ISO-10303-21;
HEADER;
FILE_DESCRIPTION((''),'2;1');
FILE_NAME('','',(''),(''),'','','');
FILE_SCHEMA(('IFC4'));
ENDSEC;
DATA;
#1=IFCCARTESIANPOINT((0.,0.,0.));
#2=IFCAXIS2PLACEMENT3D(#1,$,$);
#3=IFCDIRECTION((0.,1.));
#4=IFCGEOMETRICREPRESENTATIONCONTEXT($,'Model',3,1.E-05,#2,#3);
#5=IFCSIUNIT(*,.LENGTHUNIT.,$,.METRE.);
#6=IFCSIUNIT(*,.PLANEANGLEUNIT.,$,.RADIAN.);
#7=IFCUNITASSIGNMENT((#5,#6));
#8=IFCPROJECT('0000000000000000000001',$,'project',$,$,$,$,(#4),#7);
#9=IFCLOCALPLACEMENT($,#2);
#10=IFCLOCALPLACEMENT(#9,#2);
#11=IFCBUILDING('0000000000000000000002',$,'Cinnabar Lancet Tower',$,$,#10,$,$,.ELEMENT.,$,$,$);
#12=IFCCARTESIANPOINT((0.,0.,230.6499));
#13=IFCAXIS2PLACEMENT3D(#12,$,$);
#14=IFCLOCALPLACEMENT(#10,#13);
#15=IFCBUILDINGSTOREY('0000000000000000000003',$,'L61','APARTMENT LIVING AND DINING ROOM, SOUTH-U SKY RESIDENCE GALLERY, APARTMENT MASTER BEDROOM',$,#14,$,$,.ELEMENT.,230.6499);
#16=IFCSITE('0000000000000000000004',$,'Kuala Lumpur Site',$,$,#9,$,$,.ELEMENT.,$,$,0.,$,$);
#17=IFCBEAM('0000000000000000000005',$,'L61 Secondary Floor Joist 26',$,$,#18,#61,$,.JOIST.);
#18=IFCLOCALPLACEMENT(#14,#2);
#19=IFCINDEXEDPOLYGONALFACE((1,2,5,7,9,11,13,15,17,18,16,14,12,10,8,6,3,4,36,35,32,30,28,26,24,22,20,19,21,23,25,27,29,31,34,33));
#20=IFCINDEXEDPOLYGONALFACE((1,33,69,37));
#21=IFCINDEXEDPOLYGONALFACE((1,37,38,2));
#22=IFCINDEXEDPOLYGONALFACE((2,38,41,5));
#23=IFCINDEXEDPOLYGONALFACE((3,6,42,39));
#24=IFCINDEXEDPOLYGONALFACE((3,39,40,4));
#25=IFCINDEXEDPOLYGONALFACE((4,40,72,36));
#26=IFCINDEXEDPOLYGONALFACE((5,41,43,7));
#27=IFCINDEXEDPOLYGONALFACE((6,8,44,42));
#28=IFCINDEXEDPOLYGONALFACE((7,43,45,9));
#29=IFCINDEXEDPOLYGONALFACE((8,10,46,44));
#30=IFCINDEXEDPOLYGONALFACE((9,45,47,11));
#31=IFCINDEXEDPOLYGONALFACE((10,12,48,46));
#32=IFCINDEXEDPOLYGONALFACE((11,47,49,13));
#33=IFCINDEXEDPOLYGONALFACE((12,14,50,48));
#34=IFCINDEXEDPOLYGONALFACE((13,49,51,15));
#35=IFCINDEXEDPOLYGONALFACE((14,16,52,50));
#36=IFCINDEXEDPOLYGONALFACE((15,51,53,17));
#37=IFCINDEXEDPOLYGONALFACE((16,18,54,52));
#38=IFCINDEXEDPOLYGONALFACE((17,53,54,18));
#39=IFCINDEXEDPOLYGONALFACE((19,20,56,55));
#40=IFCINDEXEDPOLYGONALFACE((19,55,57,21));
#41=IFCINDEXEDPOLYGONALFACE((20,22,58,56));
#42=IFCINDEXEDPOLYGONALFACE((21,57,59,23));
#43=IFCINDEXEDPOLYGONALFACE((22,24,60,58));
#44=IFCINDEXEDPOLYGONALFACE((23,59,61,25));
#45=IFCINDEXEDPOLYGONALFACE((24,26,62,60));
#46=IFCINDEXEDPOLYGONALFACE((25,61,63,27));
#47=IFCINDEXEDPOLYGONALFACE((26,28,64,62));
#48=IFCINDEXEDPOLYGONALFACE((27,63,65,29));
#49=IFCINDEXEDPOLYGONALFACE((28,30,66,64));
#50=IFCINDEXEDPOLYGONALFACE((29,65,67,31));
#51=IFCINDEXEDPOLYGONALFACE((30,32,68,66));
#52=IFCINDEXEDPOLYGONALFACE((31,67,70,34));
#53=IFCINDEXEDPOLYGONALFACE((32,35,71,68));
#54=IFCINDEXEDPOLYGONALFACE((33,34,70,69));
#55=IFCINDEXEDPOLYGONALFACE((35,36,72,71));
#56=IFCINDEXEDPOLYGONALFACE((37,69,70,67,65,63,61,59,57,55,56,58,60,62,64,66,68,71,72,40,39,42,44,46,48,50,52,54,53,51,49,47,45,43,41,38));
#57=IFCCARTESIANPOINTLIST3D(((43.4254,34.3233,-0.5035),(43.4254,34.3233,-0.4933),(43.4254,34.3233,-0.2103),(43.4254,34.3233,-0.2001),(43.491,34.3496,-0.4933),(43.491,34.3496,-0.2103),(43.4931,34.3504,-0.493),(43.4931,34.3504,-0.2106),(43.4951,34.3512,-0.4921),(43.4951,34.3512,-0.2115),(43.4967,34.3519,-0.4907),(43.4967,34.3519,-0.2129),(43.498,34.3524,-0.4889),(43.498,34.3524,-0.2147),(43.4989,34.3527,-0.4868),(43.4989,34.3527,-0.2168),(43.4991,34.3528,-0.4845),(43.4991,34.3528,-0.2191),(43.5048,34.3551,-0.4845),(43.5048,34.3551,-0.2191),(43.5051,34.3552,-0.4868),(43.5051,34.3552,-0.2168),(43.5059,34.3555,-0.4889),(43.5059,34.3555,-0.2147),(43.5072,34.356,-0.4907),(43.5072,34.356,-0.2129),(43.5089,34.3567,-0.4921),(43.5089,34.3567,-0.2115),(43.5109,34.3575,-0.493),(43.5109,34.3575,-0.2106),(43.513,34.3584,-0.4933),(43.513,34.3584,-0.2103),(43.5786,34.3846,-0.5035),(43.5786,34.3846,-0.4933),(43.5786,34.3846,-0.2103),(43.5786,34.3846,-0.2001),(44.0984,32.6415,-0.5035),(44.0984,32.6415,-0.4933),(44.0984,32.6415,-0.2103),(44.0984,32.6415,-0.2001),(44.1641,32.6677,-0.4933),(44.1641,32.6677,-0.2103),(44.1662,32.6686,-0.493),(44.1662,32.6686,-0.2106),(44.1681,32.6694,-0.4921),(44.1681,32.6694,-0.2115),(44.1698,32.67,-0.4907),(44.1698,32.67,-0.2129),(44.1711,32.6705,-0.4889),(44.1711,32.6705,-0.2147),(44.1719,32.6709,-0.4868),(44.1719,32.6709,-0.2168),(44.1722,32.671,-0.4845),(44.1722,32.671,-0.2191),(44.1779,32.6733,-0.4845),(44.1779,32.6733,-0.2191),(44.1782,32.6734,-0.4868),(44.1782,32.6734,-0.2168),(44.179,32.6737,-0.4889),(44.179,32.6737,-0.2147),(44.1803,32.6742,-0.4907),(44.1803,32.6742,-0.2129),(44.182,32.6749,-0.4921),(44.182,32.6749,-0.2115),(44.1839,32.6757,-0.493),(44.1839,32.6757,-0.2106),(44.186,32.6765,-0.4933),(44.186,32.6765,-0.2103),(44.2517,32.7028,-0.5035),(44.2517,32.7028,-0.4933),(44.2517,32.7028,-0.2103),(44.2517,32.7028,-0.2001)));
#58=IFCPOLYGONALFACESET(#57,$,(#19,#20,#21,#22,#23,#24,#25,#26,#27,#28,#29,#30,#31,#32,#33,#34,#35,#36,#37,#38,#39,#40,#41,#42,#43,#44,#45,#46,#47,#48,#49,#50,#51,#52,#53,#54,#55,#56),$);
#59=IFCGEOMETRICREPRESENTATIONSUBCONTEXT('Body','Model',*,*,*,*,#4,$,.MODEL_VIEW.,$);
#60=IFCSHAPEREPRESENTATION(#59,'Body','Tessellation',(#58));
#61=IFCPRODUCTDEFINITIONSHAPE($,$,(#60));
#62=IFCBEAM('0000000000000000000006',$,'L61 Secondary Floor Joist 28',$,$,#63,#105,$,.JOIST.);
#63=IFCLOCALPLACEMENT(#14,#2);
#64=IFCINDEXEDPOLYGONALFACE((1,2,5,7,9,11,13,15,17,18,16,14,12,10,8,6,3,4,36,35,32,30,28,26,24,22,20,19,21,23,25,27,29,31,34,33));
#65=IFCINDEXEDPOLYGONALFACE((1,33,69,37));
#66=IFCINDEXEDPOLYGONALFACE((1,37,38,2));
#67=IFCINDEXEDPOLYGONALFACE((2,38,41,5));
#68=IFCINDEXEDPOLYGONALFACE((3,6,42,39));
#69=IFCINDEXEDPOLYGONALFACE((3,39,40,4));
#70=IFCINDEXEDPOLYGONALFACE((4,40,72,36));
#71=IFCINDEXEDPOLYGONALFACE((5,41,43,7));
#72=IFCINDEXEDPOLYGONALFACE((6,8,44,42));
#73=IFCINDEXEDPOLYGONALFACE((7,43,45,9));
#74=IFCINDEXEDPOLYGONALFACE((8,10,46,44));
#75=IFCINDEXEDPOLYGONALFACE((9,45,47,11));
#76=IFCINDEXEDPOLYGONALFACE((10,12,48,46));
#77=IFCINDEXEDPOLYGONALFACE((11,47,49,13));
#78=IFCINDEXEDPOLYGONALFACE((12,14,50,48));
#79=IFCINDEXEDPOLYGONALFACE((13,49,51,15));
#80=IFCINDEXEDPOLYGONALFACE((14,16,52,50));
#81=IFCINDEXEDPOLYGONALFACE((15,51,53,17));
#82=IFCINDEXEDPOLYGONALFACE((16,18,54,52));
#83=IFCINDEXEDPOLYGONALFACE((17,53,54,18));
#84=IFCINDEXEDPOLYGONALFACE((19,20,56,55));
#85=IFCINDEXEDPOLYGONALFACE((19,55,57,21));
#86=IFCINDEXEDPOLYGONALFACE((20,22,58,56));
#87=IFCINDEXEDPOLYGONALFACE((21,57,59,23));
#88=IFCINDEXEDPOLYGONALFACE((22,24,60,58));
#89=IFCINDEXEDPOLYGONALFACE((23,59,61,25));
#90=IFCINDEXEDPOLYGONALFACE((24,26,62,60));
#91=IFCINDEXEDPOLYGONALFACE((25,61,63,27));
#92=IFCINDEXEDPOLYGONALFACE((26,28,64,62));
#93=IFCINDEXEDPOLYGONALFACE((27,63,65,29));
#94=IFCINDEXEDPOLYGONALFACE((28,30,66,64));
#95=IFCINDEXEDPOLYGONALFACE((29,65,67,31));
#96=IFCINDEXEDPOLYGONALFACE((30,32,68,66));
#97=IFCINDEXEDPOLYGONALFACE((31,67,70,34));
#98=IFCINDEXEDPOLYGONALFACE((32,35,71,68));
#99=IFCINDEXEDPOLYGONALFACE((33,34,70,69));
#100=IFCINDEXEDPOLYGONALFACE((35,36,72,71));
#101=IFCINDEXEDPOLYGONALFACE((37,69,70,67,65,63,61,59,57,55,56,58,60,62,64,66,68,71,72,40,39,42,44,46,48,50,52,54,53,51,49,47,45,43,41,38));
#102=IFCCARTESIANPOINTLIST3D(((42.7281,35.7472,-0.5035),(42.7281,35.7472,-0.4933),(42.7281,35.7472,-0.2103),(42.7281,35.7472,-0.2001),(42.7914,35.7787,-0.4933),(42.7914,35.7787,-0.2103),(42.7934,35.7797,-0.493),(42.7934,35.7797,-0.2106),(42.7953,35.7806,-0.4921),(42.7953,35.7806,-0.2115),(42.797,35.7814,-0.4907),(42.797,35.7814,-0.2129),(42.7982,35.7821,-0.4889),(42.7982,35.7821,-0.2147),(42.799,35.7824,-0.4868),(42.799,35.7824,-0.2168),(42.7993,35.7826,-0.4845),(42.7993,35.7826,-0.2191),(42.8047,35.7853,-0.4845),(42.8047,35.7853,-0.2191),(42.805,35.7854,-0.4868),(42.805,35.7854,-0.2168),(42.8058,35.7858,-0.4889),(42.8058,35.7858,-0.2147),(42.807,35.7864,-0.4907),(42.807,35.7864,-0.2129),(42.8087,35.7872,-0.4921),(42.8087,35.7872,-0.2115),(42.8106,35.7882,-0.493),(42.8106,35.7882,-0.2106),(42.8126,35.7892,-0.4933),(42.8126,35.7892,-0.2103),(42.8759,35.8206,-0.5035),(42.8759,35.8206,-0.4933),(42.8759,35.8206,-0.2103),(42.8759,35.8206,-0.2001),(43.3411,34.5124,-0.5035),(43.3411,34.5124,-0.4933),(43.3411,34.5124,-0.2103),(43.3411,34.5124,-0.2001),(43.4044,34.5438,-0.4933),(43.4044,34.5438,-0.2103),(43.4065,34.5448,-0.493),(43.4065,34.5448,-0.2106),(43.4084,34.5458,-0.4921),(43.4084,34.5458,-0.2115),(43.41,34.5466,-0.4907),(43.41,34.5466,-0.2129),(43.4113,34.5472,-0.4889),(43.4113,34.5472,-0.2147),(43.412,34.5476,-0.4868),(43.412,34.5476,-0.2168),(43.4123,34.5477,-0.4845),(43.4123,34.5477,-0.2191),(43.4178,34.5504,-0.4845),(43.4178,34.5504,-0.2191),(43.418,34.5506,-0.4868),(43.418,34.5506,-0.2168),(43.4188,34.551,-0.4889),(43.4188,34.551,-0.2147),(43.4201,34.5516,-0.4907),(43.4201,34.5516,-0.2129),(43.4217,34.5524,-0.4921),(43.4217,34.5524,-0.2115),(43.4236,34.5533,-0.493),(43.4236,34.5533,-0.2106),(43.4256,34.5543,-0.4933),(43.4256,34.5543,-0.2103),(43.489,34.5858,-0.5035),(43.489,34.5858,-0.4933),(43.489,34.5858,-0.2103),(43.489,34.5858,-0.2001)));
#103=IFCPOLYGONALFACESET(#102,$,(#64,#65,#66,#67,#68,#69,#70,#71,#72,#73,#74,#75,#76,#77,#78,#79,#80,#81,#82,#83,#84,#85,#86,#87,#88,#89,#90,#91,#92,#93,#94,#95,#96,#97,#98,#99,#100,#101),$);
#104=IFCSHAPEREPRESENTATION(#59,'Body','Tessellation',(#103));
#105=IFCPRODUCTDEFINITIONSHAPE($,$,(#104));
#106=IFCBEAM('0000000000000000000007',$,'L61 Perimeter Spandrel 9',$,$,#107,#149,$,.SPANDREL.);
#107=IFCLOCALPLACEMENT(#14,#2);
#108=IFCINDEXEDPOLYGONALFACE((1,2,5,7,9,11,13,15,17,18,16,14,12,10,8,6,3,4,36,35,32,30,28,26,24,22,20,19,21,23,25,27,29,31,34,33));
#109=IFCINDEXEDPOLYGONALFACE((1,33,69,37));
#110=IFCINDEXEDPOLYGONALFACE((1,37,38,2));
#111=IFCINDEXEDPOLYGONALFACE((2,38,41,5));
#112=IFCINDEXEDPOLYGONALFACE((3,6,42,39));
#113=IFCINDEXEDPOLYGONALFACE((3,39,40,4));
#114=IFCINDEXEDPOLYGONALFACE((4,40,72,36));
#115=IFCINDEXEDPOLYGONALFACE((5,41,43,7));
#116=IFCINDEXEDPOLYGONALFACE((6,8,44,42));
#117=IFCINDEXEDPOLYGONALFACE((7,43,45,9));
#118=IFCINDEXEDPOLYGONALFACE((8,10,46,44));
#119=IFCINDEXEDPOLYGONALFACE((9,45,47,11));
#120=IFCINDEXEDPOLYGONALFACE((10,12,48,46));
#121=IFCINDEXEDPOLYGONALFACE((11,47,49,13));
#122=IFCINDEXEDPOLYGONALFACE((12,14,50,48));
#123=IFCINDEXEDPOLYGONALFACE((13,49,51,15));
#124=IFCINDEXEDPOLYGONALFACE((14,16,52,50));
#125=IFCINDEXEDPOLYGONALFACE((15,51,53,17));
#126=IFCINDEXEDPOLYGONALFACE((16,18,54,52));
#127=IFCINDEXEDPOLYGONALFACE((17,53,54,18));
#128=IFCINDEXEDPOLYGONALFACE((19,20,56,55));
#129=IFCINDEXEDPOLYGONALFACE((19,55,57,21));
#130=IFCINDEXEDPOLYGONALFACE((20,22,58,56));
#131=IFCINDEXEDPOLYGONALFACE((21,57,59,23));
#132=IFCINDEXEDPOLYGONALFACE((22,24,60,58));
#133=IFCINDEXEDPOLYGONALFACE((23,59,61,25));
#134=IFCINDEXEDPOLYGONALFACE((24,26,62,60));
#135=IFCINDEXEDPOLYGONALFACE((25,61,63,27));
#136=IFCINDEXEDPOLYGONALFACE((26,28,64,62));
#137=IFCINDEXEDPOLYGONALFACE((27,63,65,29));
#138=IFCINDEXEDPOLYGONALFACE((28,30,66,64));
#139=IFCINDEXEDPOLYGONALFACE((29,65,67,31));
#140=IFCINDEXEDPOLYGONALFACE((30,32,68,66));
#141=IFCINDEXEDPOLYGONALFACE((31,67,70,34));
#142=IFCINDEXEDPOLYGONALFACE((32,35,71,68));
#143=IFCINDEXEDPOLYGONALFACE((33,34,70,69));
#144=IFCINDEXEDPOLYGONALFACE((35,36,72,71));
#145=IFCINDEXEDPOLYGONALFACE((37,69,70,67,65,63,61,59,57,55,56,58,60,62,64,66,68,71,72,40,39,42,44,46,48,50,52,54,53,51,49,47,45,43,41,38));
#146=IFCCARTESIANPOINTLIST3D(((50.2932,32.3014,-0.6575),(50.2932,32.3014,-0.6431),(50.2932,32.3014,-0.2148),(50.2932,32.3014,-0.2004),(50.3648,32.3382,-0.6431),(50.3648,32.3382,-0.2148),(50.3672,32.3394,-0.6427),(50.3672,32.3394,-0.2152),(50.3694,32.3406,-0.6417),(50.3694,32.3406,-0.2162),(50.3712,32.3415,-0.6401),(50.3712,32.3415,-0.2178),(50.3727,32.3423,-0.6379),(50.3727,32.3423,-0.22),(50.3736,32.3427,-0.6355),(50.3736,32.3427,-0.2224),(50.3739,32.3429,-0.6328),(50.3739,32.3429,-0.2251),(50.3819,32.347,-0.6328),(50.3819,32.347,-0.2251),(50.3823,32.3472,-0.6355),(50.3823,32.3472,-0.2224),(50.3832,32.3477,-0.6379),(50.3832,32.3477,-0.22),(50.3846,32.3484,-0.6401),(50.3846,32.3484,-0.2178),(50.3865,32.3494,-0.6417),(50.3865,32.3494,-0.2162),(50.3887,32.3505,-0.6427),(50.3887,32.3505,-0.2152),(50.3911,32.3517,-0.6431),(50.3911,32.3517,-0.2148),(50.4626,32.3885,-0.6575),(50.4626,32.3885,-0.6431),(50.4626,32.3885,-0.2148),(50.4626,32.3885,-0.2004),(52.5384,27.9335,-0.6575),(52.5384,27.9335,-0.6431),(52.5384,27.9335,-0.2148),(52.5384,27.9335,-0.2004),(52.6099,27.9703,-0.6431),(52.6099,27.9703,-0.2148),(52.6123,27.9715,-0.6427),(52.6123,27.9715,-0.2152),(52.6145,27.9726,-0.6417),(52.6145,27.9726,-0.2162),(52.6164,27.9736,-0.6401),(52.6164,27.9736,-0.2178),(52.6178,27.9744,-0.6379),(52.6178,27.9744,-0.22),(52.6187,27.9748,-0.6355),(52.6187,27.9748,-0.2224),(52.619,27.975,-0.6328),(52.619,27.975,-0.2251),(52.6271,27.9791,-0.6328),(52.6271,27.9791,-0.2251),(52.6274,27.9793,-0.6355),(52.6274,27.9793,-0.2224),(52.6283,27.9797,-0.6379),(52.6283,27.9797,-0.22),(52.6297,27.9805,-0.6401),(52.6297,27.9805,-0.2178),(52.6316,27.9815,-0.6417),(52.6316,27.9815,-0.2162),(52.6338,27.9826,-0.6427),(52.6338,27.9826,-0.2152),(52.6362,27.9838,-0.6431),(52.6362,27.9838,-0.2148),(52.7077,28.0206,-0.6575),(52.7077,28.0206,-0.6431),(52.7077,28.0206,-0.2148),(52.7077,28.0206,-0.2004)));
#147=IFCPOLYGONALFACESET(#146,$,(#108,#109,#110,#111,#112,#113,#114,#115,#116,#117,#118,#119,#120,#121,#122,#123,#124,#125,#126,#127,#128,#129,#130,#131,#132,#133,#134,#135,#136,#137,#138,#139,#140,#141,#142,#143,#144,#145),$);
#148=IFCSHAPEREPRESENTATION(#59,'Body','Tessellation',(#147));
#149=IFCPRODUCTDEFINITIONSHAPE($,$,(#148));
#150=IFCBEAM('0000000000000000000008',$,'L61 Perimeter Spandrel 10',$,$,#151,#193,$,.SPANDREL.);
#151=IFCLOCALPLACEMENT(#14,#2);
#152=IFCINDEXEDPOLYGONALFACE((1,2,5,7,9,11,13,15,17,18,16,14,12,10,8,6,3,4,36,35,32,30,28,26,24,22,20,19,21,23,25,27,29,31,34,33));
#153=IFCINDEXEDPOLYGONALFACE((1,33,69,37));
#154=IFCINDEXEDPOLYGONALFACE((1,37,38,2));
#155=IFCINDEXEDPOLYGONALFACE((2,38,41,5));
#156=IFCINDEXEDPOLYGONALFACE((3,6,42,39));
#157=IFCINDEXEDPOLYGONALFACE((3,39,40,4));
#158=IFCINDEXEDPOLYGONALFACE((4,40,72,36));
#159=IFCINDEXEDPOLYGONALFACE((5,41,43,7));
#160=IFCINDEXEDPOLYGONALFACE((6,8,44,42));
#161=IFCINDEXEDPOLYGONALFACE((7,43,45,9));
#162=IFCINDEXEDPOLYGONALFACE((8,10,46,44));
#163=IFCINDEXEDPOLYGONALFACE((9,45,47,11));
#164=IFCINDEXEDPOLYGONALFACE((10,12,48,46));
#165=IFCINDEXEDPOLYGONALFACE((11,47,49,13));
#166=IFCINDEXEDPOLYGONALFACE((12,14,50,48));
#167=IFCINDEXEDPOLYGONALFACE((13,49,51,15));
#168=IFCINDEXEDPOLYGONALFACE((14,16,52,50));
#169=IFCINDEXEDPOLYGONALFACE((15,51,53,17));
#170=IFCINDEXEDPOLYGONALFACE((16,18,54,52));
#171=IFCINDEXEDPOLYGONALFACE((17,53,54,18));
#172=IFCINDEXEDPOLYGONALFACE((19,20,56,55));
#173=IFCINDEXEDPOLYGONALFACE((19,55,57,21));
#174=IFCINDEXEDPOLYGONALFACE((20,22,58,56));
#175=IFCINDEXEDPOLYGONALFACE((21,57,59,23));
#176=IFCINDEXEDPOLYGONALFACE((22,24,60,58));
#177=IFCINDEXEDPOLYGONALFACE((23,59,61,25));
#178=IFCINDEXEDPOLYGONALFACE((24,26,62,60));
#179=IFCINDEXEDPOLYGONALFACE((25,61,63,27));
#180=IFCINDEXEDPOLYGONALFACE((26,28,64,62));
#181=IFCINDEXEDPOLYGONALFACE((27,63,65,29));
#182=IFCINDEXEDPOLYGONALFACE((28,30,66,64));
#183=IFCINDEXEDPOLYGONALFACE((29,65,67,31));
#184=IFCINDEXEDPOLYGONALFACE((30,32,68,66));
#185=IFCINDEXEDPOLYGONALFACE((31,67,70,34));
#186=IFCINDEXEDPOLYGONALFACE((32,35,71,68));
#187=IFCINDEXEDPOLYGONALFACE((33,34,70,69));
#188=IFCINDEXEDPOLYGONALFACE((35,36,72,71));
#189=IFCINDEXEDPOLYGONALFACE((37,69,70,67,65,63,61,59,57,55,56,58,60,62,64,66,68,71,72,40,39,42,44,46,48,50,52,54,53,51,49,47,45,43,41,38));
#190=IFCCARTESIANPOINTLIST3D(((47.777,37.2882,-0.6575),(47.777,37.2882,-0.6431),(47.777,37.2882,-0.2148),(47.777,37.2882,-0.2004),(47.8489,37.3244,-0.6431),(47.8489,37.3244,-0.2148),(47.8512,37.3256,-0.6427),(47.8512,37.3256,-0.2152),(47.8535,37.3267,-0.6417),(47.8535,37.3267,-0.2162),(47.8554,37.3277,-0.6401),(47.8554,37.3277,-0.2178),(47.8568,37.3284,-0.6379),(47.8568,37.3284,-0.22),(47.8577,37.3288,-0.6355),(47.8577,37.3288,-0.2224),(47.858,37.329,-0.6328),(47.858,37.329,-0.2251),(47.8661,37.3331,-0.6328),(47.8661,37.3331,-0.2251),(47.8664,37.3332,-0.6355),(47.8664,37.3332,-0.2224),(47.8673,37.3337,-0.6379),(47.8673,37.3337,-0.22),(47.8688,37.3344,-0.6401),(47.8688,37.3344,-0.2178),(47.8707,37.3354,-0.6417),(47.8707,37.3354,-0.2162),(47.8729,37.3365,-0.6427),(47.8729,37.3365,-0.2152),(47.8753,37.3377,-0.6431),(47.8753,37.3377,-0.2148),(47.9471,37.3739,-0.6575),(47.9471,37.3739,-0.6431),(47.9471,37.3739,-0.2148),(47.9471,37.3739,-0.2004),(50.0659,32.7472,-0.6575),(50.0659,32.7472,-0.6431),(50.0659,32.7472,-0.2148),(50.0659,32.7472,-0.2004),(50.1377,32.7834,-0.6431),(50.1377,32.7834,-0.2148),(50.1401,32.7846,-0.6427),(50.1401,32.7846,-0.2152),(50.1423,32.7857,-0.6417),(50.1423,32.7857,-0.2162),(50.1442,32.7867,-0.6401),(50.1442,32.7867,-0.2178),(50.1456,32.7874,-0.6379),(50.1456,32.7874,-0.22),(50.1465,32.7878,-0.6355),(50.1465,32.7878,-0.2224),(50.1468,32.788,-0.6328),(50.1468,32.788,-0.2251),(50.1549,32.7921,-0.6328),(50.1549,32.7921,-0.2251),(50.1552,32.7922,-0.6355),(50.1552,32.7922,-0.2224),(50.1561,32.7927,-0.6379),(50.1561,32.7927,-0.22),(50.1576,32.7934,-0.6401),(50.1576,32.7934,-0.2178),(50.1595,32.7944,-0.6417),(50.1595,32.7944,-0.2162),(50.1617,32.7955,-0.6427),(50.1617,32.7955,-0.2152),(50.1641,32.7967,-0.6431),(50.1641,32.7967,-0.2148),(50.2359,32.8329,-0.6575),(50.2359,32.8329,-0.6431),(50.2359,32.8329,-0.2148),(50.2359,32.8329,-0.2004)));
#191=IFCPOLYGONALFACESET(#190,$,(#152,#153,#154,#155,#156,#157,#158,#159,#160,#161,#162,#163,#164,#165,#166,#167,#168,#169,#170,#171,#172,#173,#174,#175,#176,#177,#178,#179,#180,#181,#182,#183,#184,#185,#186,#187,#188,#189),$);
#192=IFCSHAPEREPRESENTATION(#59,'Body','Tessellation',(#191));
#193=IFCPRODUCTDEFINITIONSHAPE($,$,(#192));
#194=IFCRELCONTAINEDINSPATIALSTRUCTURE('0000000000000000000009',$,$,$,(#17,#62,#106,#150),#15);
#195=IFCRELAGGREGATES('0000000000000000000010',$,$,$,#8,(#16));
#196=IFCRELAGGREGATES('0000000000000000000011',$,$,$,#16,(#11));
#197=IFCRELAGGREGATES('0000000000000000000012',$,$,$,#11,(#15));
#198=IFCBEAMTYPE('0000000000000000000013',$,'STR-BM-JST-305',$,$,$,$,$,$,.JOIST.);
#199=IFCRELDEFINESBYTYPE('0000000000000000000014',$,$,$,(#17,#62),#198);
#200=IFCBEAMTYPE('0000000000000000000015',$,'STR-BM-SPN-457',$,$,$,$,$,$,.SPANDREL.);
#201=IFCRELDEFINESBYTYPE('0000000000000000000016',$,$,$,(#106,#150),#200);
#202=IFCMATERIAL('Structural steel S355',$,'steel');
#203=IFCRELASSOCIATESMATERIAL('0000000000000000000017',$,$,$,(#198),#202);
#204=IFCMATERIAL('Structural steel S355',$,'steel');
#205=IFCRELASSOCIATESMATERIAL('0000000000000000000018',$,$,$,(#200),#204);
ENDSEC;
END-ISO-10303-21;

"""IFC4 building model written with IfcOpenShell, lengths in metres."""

from ifc_helpers import new_model, si_unit, direction, frame, origin, origin_2d, place, context, subcontext, project, spatial, i_section, extrude, material, material_profile, profile_set, type_object, element, save


model = new_model("IFC4")

# Units and contexts
model_context = context("Model", 3, precision=1e-05, world=origin(), true_north=direction((0.0, 1.0)))
body_context = subcontext(model_context, "Body", "Model", "MODEL_VIEW")
ifc_project = project(units=[si_unit("LENGTHUNIT", "METRE"), si_unit("PLANEANGLEUNIT", "RADIAN")], contexts=[model_context])

# Site, building, storey
site_placement = place(None, origin())
site = spatial("IfcSite", under=ifc_project, at=site_placement, Name="Kuala Lumpur Site", CompositionType="ELEMENT", RefElevation=0.0)
building_placement = place(site_placement, origin())
building = spatial("IfcBuilding", under=site, at=building_placement, Name="Cinnabar Lancet Tower", CompositionType="ELEMENT")
storey_placement = place(building_placement, frame((0.0, 0.0, 230.6499)))
storey = spatial("IfcBuildingStorey", under=building, at=storey_placement, Name="L61", Description="APARTMENT LIVING AND DINING ROOM, SOUTH-U SKY RESIDENCE GALLERY, APARTMENT MASTER BEDROOM", CompositionType="ELEMENT", Elevation=230.6499)

# Beams
ifc_material_1 = material(Name="Structural steel S355", Category="steel")
ifc_material_profile_1 = material_profile(ifc_material_1, i_section(OverallWidth=0.165, OverallDepth=0.3035, WebThickness=0.0061, FlangeThickness=0.0103, FilletRadius=0.0088, at=origin_2d()), Name="UKB 305x165x40")
ifc_profile_set_1 = profile_set([ifc_material_profile_1], Name="Structural steel S355")
beam_type_1 = type_object("IfcBeamType", Name="STR-BM-JST-305", PredefinedType="JOIST", material=ifc_profile_set_1)
beam_1_placement = place(storey_placement, frame((44.175, 32.6721, -0.3518), z_axis=(-0.371553, 0.928412, 0.0), x_axis=(-0.928412, -0.371553, 0.0)))
element("IfcBeam", 1, at=beam_1_placement, inside=storey, type_object=beam_type_1, Name="L61 Secondary Floor Joist 26", PredefinedType="JOIST", context=body_context, shape_type="SweptSolid", body=[
    extrude(i_section(OverallWidth=0.165, OverallDepth=0.3035, WebThickness=0.0061, FlangeThickness=0.0103, FilletRadius=0.0088, at=origin_2d()), origin(), (0.0, 0.0, 1.0), 1.8115),
])
beam_2_placement = place(storey_placement, frame((43.415, 34.5491, -0.3518), z_axis=(-0.444662, 0.895699, 0.0), x_axis=(-0.895699, -0.444662, 0.0)))
element("IfcBeam", 2, at=beam_2_placement, inside=storey, type_object=beam_type_1, Name="L61 Secondary Floor Joist 28", PredefinedType="JOIST", context=body_context, shape_type="SweptSolid", body=[
    extrude(i_section(OverallWidth=0.165, OverallDepth=0.3035, WebThickness=0.0061, FlangeThickness=0.0103, FilletRadius=0.0088, at=origin_2d()), origin(), (0.0, 0.0, 1.0), 1.3787),
])
ifc_material_2 = material(Name="Structural steel S355", Category="steel")
ifc_material_profile_2 = material_profile(ifc_material_2, i_section(OverallWidth=0.1904, OverallDepth=0.457, WebThickness=0.009, FlangeThickness=0.0144, FilletRadius=0.0103, at=origin_2d()), Name="UKB 457x191x74")
ifc_profile_set_2 = profile_set([ifc_material_profile_2], Name="Structural steel S355")
beam_type_2 = type_object("IfcBeamType", Name="STR-BM-SPN-457", PredefinedType="SPANDREL", material=ifc_profile_set_2)
beam_3_placement = place(storey_placement, frame((52.623, 27.9771, -0.429), z_axis=(-0.457148, 0.889391, 0.0), x_axis=(-0.889391, -0.457148, 0.0)))
element("IfcBeam", 3, at=beam_3_placement, inside=storey, type_object=beam_type_2, Name="L61 Perimeter Spandrel 9", PredefinedType="SPANDREL", context=body_context, shape_type="SweptSolid", body=[
    extrude(i_section(OverallWidth=0.1904, OverallDepth=0.457, WebThickness=0.009, FlangeThickness=0.0144, FilletRadius=0.0103, at=origin_2d()), origin(), (0.0, 0.0, 1.0), 4.9111),
])
beam_4_placement = place(storey_placement, frame((50.1509, 32.79, -0.429), z_axis=(-0.450092, 0.892982, 0.0), x_axis=(-0.892982, -0.450092, 0.0)))
element("IfcBeam", 4, at=beam_4_placement, inside=storey, type_object=beam_type_2, Name="L61 Perimeter Spandrel 10", PredefinedType="SPANDREL", context=body_context, shape_type="SweptSolid", body=[
    extrude(i_section(OverallWidth=0.1904, OverallDepth=0.457, WebThickness=0.009, FlangeThickness=0.0144, FilletRadius=0.0103, at=origin_2d()), origin(), (0.0, 0.0, 1.0), 5.0852),
])

save(model, "model.ifc")
